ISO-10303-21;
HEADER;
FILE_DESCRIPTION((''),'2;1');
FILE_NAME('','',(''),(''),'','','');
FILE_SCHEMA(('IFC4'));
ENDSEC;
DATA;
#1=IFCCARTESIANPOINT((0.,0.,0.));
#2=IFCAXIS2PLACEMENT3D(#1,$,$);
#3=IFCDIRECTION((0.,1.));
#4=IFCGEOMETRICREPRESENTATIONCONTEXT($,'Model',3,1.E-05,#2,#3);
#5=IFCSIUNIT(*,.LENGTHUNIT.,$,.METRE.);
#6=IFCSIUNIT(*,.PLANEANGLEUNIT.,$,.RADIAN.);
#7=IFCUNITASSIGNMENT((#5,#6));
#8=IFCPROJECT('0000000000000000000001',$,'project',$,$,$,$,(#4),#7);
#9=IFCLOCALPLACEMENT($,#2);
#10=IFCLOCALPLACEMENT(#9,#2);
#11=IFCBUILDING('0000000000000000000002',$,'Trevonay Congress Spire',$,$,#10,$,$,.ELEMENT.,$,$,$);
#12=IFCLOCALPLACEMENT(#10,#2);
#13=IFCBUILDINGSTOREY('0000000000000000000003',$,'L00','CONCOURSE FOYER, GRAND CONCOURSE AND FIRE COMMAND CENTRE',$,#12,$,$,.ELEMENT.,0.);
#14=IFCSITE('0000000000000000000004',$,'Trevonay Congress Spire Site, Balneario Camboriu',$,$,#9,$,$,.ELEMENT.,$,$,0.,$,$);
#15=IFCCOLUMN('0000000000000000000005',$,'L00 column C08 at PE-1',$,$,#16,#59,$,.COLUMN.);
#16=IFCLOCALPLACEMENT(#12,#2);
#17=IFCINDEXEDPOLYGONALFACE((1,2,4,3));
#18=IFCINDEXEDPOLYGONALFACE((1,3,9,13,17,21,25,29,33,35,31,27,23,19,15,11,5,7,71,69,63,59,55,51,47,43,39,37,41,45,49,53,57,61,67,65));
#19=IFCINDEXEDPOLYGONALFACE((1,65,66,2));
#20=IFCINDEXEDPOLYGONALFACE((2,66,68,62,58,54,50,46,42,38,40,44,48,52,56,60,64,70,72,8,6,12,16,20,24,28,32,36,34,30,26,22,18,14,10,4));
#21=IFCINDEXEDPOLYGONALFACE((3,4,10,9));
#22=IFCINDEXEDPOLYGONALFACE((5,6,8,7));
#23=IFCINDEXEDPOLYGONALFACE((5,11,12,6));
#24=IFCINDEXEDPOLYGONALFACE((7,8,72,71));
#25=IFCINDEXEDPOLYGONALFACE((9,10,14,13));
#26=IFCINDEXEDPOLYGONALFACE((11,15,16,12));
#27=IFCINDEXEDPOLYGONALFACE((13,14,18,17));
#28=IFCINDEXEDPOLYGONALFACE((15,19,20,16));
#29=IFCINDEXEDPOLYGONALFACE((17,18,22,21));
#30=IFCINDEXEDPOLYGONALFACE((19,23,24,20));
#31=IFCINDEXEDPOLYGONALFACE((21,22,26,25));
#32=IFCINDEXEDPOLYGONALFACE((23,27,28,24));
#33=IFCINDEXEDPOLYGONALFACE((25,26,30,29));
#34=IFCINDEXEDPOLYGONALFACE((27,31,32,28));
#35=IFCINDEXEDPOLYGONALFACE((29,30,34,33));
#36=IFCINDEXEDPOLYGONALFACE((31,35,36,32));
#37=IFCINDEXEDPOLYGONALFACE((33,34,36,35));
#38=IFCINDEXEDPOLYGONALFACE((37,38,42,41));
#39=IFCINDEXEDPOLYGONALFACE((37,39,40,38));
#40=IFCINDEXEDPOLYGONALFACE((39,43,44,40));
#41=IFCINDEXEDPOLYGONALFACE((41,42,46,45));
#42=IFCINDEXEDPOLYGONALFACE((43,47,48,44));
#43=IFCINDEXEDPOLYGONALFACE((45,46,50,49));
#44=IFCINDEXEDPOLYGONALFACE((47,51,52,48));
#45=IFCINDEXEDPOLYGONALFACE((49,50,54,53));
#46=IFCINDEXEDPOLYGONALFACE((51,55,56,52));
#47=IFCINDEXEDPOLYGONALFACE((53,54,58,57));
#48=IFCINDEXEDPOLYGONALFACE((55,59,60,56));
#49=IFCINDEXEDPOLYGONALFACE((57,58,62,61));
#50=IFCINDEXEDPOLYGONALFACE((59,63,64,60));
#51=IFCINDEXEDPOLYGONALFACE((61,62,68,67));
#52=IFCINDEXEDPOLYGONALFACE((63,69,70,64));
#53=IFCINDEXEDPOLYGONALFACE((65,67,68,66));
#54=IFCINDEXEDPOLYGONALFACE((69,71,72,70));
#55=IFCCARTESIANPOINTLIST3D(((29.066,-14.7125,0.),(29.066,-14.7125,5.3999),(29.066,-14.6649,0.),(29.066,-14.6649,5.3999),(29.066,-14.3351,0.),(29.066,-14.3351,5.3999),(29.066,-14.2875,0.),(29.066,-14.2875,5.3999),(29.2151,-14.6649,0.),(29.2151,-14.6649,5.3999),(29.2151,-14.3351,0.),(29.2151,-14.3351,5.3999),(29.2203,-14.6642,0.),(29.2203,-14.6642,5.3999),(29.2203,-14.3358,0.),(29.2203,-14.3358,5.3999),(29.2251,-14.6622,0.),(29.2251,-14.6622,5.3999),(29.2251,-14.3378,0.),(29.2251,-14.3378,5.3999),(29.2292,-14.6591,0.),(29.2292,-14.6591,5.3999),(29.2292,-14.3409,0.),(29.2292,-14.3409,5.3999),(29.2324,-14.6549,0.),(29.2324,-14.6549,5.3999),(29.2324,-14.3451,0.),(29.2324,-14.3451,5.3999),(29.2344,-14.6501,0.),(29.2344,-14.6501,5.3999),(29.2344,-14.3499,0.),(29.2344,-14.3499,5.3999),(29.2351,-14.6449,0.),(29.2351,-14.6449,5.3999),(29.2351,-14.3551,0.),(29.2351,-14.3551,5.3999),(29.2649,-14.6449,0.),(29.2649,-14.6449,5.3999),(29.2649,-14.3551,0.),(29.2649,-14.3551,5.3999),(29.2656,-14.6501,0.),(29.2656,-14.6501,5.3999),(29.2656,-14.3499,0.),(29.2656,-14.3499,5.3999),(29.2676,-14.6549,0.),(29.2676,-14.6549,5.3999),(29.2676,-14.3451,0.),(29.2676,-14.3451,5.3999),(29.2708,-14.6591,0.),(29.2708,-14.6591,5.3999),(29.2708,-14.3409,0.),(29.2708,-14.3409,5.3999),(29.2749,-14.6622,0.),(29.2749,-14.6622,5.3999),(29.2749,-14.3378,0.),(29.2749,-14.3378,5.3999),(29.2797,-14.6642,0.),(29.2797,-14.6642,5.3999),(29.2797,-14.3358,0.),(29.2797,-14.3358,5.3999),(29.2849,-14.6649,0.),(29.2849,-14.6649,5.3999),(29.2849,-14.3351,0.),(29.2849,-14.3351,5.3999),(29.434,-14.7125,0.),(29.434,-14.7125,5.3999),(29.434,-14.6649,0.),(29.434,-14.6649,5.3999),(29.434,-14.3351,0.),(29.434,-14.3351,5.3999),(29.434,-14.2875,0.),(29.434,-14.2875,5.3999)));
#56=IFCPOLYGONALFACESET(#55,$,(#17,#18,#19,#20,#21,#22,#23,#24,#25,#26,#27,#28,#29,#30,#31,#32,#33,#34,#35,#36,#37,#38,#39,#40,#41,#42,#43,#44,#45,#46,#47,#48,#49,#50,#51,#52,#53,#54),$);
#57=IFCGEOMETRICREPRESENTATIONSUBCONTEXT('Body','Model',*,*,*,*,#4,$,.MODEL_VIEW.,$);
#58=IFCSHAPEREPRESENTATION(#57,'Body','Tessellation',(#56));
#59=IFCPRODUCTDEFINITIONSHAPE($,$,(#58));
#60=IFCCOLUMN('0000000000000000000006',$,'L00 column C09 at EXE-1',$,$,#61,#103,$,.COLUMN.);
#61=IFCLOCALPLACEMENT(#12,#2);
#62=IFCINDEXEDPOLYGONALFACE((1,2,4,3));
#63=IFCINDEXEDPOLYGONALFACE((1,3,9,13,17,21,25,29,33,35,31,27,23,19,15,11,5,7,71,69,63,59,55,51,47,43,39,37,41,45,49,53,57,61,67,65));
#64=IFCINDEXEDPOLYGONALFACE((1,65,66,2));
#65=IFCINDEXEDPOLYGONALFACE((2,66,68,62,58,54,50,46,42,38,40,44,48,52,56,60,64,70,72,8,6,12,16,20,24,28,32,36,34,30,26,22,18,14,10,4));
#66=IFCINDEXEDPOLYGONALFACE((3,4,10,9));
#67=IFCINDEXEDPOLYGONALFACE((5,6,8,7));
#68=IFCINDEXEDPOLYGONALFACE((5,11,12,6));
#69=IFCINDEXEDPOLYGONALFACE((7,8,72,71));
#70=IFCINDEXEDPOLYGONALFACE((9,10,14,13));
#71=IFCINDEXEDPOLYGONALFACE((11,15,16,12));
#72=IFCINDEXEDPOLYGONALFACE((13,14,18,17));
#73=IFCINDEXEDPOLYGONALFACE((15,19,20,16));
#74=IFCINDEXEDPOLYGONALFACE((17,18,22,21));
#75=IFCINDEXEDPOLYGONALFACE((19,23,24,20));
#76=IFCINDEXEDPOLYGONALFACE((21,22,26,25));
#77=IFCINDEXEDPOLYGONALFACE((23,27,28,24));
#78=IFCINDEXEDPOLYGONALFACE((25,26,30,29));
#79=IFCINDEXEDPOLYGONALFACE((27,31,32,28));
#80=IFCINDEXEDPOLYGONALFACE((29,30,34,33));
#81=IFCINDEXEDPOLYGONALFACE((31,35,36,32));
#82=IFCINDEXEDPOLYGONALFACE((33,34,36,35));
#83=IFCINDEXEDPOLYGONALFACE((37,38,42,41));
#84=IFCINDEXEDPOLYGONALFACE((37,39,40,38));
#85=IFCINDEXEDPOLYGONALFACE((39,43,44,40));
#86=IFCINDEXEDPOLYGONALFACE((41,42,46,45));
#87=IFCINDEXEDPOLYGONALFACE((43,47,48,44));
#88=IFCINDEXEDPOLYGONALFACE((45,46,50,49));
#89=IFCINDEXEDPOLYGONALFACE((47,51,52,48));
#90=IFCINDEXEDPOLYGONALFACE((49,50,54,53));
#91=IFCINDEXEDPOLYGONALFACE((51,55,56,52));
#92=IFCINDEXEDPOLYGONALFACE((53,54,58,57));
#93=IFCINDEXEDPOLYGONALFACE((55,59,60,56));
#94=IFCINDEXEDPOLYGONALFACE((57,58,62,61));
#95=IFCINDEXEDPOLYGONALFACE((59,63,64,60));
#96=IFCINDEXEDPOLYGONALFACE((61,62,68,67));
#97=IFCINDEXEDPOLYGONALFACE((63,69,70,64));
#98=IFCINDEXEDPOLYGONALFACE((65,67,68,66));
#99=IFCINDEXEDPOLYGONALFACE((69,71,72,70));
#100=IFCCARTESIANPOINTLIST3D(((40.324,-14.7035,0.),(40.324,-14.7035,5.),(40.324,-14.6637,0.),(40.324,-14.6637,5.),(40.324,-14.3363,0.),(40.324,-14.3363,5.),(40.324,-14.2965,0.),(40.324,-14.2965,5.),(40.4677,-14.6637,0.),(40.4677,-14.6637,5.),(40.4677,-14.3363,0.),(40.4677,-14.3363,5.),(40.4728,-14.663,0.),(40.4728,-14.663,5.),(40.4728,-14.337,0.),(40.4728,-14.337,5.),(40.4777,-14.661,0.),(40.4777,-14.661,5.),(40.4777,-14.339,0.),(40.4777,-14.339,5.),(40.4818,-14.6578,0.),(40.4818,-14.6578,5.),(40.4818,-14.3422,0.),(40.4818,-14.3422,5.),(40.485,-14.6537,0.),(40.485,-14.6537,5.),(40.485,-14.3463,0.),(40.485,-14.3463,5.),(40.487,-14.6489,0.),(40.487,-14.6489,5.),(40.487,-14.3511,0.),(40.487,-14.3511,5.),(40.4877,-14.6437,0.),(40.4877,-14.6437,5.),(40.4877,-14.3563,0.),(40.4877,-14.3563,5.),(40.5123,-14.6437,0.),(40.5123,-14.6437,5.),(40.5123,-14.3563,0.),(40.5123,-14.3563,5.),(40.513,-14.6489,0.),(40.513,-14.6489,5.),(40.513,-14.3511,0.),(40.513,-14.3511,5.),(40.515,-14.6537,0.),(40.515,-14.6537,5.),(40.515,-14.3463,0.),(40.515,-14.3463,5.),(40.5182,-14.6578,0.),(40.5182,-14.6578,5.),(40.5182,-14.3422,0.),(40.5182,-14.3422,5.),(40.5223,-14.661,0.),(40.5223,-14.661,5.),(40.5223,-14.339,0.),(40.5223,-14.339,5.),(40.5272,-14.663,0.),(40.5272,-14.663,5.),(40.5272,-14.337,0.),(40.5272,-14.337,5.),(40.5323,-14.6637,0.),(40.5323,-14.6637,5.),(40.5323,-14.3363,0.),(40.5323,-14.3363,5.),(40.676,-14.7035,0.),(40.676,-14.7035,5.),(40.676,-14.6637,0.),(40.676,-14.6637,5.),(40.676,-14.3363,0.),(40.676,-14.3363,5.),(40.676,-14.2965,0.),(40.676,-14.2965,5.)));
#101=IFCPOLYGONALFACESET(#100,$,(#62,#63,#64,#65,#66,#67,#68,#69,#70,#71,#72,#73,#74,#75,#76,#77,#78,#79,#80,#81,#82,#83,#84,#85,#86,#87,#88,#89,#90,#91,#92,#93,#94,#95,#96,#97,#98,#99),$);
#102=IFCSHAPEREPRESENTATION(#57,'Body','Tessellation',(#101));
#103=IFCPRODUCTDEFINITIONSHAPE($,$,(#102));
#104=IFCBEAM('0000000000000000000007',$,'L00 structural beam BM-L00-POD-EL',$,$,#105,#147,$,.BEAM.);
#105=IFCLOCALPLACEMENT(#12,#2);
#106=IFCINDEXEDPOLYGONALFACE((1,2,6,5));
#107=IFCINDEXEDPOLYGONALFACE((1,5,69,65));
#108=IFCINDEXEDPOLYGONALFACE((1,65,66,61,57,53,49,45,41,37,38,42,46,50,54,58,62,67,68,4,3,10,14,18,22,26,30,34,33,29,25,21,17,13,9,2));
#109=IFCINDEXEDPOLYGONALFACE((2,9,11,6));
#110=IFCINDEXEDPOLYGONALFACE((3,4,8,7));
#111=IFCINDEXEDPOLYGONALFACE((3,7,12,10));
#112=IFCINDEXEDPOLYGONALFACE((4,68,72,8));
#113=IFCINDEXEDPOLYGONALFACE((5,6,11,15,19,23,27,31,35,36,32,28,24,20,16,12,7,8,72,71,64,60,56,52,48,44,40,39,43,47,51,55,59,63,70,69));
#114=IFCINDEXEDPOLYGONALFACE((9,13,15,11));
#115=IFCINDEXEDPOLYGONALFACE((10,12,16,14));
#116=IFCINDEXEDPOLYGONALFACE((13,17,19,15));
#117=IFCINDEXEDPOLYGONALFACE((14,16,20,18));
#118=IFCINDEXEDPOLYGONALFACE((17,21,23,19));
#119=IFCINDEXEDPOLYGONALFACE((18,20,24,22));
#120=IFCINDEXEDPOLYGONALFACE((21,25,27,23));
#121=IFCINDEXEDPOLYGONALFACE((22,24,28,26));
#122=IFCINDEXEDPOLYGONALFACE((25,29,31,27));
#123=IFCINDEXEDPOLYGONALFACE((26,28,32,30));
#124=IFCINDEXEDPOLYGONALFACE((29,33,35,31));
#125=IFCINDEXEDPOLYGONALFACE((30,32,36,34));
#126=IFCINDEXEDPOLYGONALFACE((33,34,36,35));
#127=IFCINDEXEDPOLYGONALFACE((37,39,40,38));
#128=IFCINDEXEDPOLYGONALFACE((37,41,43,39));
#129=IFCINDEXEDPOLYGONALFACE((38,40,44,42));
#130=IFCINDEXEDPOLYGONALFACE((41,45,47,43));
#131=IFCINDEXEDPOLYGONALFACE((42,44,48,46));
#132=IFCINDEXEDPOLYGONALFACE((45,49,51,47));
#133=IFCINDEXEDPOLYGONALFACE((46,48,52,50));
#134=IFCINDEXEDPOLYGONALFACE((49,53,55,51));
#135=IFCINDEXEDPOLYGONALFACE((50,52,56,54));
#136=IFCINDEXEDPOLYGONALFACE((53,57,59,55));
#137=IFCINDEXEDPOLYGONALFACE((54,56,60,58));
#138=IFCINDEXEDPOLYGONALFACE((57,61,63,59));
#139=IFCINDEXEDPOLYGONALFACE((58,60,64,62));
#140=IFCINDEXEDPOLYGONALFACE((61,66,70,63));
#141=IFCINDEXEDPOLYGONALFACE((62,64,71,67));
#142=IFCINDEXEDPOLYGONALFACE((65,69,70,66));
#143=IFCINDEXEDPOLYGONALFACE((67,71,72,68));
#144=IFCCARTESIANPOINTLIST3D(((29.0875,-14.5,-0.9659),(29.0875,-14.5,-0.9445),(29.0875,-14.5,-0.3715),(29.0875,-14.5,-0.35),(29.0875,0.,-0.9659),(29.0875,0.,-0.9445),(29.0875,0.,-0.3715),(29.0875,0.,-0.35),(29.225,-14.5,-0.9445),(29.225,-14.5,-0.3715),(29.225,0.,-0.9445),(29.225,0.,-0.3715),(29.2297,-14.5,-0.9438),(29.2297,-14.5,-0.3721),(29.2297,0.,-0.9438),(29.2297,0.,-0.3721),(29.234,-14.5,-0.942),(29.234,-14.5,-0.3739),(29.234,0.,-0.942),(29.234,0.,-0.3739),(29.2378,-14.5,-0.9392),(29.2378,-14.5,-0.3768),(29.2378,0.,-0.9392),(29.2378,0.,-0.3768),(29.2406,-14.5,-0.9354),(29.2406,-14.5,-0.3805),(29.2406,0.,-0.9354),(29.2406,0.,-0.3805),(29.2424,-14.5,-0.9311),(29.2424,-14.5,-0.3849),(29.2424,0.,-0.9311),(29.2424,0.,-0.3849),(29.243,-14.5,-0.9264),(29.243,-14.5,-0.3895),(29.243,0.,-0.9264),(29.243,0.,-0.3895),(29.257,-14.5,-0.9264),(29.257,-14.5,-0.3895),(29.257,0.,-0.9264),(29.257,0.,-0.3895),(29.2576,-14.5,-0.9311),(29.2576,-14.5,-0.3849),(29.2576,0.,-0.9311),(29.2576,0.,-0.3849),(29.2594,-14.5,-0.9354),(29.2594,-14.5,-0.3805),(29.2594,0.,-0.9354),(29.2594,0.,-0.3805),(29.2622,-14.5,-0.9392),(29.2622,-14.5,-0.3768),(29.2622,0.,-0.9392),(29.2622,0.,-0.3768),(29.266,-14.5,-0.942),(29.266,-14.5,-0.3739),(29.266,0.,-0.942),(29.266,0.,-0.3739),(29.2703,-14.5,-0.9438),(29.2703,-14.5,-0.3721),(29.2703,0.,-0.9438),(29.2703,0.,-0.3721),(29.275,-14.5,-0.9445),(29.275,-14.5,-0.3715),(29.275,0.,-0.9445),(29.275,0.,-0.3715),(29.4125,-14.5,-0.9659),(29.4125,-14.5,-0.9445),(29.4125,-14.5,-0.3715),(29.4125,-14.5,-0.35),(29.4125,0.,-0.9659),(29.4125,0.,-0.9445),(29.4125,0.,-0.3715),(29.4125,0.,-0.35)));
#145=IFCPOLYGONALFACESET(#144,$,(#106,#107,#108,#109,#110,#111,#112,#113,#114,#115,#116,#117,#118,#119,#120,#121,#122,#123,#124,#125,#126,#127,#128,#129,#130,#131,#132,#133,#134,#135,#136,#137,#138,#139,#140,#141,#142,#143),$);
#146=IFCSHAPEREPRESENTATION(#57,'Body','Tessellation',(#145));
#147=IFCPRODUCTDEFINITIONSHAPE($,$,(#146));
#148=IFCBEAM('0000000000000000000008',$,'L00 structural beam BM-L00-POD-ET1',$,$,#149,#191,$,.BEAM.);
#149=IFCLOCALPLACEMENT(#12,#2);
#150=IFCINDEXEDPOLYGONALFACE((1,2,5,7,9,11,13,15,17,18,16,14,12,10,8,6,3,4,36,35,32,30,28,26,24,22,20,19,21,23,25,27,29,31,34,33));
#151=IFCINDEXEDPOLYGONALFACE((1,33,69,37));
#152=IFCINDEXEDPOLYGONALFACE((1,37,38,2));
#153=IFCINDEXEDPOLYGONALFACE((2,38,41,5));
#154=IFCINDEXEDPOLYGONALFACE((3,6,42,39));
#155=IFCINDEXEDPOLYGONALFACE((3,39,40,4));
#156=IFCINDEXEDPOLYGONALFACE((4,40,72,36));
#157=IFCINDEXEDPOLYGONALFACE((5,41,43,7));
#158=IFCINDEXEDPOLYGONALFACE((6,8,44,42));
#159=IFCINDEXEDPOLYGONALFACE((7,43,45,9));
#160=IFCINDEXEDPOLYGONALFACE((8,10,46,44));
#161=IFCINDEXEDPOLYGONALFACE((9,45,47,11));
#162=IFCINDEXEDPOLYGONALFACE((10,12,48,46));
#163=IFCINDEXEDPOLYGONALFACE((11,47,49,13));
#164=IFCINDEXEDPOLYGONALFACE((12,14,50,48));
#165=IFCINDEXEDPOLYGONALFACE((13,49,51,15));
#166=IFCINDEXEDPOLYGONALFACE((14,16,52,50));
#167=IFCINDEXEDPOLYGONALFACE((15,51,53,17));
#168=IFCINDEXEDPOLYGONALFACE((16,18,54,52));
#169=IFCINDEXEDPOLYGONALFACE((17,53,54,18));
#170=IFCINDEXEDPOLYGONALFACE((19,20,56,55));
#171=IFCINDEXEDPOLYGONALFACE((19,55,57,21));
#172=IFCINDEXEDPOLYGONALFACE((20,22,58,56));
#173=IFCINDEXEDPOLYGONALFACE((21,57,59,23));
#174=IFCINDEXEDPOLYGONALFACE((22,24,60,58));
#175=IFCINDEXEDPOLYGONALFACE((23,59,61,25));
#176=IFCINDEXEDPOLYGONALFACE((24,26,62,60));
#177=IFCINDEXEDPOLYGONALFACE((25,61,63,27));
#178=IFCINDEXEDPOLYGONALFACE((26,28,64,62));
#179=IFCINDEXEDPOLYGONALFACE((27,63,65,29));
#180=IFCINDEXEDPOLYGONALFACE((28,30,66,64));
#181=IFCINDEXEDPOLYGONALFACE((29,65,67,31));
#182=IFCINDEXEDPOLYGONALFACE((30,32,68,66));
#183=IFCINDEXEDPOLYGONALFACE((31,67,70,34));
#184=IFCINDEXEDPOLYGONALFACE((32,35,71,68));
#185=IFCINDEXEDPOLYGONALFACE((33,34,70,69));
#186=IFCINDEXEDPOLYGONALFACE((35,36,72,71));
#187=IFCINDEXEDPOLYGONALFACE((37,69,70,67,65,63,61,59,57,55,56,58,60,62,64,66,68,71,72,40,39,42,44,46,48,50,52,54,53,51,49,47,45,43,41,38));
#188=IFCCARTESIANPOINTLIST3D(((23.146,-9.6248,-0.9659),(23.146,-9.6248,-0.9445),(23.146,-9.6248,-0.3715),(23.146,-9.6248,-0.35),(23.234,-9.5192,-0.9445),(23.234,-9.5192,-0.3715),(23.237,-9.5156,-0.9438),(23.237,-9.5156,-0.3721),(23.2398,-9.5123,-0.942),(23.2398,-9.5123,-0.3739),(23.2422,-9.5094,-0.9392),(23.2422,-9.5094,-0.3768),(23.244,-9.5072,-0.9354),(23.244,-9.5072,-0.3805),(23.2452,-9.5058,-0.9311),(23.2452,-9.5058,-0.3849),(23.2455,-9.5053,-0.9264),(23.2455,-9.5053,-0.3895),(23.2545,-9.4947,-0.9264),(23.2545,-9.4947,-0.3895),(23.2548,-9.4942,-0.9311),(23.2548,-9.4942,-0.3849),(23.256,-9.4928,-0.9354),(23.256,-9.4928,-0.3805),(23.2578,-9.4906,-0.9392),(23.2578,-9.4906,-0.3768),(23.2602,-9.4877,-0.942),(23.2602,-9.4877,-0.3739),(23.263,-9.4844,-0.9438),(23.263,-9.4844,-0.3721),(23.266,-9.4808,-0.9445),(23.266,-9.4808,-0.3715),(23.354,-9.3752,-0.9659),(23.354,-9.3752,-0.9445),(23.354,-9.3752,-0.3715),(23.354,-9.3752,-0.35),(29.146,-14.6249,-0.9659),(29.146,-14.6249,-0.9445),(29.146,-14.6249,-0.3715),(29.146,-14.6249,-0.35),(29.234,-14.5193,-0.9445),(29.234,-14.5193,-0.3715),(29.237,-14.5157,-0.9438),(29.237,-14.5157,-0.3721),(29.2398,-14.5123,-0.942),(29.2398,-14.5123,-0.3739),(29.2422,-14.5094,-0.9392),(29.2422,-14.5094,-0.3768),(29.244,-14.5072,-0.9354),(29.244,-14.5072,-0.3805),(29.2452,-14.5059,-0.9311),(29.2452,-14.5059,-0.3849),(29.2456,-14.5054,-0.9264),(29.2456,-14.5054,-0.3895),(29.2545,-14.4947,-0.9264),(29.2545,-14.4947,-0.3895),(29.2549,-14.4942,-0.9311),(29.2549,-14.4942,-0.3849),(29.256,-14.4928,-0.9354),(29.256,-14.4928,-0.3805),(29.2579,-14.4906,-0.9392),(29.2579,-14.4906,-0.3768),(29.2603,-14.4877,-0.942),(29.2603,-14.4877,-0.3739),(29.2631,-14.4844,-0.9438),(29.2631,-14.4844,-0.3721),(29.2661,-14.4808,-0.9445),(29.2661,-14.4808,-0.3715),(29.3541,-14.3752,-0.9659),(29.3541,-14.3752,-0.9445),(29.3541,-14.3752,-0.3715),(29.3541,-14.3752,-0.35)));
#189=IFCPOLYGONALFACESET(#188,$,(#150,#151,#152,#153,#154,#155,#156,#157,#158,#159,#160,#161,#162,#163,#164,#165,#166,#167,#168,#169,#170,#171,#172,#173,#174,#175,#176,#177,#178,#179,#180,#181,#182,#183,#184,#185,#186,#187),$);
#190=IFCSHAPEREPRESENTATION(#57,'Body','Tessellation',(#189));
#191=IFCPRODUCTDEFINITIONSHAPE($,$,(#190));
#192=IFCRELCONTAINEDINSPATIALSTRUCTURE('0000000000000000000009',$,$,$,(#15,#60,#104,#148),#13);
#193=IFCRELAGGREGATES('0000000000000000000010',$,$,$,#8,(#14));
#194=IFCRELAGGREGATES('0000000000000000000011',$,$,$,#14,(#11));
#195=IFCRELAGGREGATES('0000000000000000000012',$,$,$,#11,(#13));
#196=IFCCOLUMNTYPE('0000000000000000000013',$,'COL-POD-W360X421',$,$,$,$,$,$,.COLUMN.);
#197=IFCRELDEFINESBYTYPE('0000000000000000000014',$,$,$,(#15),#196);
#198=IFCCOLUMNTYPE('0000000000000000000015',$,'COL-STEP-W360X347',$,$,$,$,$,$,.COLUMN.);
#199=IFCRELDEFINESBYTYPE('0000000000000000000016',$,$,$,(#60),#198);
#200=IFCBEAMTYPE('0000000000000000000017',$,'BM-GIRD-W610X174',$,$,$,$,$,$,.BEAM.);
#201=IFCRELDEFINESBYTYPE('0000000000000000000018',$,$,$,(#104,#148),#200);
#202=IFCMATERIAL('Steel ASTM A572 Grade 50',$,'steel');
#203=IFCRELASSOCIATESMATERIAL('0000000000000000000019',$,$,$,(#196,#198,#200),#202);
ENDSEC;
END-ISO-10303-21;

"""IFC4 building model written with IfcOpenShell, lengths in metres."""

from ifc_helpers import new_model, si_unit, direction, frame, origin, origin_2d, place, context, subcontext, project, spatial, i_section, extrude, material, material_profile, profile_set, type_object, element, save


model = new_model("IFC4")

# Units and contexts
model_context = context("Model", 3, precision=1e-05, world=origin(), true_north=direction((0.0, 1.0)))
body_context = subcontext(model_context, "Body", "Model", "MODEL_VIEW")
ifc_project = project(units=[si_unit("LENGTHUNIT", "METRE"), si_unit("PLANEANGLEUNIT", "RADIAN")], contexts=[model_context])

# Site, building, storey
site_placement = place(None, origin())
site = spatial("IfcSite", under=ifc_project, at=site_placement, Name="Trevonay Congress Spire Site, Balneario Camboriu", CompositionType="ELEMENT", RefElevation=0.0)
building_placement = place(site_placement, origin())
building = spatial("IfcBuilding", under=site, at=building_placement, Name="Trevonay Congress Spire", CompositionType="ELEMENT")
storey_placement = place(building_placement, origin())
storey = spatial("IfcBuildingStorey", under=building, at=storey_placement, Name="L00", Description="CONCOURSE FOYER, GRAND CONCOURSE AND FIRE COMMAND CENTRE", CompositionType="ELEMENT", Elevation=0.0)

# Columns
ifc_material_1 = material(Name="Steel ASTM A572 Grade 50", Category="steel")
ifc_material_profile_1 = material_profile(ifc_material_1, i_section(OverallWidth=0.3679, OverallDepth=0.425, WebThickness=0.0298, FlangeThickness=0.0476, FilletRadius=0.02, at=origin_2d()), Name="W360x421")
ifc_profile_set_1 = profile_set([ifc_material_profile_1], Name="Steel ASTM A572 Grade 50")
column_type_1 = type_object("IfcColumnType", Name="COL-POD-W360X421", PredefinedType="COLUMN", material=ifc_profile_set_1)
column_1_placement = place(storey_placement, frame((29.25, -14.5, 0.0), z_axis=(0.0, 0.0, 1.0), x_axis=(1.0, 0.0, 0.0)))
element("IfcColumn", 1, at=column_1_placement, inside=storey, type_object=column_type_1, Name="L00 column C08 at PE-1", PredefinedType="COLUMN", context=body_context, shape_type="SweptSolid", body=[
    extrude(i_section(OverallWidth=0.3679, OverallDepth=0.425, WebThickness=0.0298, FlangeThickness=0.0476, FilletRadius=0.02, at=origin_2d()), origin(), (0.0, 0.0, 1.0), 5.3999),
])
ifc_material_profile_2 = material_profile(ifc_material_1, i_section(OverallWidth=0.3521, OverallDepth=0.407, WebThickness=0.0247, FlangeThickness=0.0398, FilletRadius=0.02, at=origin_2d()), Name="W360x347")
ifc_profile_set_2 = profile_set([ifc_material_profile_2], Name="Steel ASTM A572 Grade 50")
column_type_2 = type_object("IfcColumnType", Name="COL-STEP-W360X347", PredefinedType="COLUMN", material=ifc_profile_set_2)
column_2_placement = place(storey_placement, frame((40.5, -14.5, 0.0), z_axis=(0.0, 0.0, 1.0), x_axis=(1.0, 0.0, 0.0)))
element("IfcColumn", 2, at=column_2_placement, inside=storey, type_object=column_type_2, Name="L00 column C09 at EXE-1", PredefinedType="COLUMN", context=body_context, shape_type="SweptSolid", body=[
    extrude(i_section(OverallWidth=0.3521, OverallDepth=0.407, WebThickness=0.0247, FlangeThickness=0.0398, FilletRadius=0.02, at=origin_2d()), origin(), (0.0, 0.0, 1.0), 5.0),
])

# Beams
ifc_material_profile_3 = material_profile(ifc_material_1, i_section(OverallWidth=0.325, OverallDepth=0.616, WebThickness=0.0139, FlangeThickness=0.0215, FilletRadius=0.0181, at=origin_2d()), Name="W610x174")
ifc_profile_set_3 = profile_set([ifc_material_profile_3], Name="Steel ASTM A572 Grade 50")
beam_type = type_object("IfcBeamType", Name="BM-GIRD-W610X174", PredefinedType="BEAM", material=ifc_profile_set_3)
beam_1_placement = place(storey_placement, frame((29.25, -14.5, -0.658), z_axis=(0.0, 1.0, 0.0), x_axis=(-1.0, 0.0, 0.0)))
element("IfcBeam", 3, at=beam_1_placement, inside=storey, type_object=beam_type, Name="L00 structural beam BM-L00-POD-EL", PredefinedType="BEAM", context=body_context, shape_type="SweptSolid", body=[
    extrude(i_section(OverallWidth=0.325, OverallDepth=0.616, WebThickness=0.0139, FlangeThickness=0.0215, FilletRadius=0.0181, at=origin_2d()), origin(), (0.0, 0.0, 1.0), 14.5),
])
beam_2_placement = place(storey_placement, frame((23.25, -9.5, -0.658), z_axis=(0.768221, -0.640184, 0.0), x_axis=(0.640184, 0.768221, 0.0)))
element("IfcBeam", 4, at=beam_2_placement, inside=storey, type_object=beam_type, Name="L00 structural beam BM-L00-POD-ET1", PredefinedType="BEAM", context=body_context, shape_type="SweptSolid", body=[
    extrude(i_section(OverallWidth=0.325, OverallDepth=0.616, WebThickness=0.0139, FlangeThickness=0.0215, FilletRadius=0.0181, at=origin_2d()), origin(), (0.0, 0.0, 1.0), 7.8103),
])

save(model, "model.ifc")
